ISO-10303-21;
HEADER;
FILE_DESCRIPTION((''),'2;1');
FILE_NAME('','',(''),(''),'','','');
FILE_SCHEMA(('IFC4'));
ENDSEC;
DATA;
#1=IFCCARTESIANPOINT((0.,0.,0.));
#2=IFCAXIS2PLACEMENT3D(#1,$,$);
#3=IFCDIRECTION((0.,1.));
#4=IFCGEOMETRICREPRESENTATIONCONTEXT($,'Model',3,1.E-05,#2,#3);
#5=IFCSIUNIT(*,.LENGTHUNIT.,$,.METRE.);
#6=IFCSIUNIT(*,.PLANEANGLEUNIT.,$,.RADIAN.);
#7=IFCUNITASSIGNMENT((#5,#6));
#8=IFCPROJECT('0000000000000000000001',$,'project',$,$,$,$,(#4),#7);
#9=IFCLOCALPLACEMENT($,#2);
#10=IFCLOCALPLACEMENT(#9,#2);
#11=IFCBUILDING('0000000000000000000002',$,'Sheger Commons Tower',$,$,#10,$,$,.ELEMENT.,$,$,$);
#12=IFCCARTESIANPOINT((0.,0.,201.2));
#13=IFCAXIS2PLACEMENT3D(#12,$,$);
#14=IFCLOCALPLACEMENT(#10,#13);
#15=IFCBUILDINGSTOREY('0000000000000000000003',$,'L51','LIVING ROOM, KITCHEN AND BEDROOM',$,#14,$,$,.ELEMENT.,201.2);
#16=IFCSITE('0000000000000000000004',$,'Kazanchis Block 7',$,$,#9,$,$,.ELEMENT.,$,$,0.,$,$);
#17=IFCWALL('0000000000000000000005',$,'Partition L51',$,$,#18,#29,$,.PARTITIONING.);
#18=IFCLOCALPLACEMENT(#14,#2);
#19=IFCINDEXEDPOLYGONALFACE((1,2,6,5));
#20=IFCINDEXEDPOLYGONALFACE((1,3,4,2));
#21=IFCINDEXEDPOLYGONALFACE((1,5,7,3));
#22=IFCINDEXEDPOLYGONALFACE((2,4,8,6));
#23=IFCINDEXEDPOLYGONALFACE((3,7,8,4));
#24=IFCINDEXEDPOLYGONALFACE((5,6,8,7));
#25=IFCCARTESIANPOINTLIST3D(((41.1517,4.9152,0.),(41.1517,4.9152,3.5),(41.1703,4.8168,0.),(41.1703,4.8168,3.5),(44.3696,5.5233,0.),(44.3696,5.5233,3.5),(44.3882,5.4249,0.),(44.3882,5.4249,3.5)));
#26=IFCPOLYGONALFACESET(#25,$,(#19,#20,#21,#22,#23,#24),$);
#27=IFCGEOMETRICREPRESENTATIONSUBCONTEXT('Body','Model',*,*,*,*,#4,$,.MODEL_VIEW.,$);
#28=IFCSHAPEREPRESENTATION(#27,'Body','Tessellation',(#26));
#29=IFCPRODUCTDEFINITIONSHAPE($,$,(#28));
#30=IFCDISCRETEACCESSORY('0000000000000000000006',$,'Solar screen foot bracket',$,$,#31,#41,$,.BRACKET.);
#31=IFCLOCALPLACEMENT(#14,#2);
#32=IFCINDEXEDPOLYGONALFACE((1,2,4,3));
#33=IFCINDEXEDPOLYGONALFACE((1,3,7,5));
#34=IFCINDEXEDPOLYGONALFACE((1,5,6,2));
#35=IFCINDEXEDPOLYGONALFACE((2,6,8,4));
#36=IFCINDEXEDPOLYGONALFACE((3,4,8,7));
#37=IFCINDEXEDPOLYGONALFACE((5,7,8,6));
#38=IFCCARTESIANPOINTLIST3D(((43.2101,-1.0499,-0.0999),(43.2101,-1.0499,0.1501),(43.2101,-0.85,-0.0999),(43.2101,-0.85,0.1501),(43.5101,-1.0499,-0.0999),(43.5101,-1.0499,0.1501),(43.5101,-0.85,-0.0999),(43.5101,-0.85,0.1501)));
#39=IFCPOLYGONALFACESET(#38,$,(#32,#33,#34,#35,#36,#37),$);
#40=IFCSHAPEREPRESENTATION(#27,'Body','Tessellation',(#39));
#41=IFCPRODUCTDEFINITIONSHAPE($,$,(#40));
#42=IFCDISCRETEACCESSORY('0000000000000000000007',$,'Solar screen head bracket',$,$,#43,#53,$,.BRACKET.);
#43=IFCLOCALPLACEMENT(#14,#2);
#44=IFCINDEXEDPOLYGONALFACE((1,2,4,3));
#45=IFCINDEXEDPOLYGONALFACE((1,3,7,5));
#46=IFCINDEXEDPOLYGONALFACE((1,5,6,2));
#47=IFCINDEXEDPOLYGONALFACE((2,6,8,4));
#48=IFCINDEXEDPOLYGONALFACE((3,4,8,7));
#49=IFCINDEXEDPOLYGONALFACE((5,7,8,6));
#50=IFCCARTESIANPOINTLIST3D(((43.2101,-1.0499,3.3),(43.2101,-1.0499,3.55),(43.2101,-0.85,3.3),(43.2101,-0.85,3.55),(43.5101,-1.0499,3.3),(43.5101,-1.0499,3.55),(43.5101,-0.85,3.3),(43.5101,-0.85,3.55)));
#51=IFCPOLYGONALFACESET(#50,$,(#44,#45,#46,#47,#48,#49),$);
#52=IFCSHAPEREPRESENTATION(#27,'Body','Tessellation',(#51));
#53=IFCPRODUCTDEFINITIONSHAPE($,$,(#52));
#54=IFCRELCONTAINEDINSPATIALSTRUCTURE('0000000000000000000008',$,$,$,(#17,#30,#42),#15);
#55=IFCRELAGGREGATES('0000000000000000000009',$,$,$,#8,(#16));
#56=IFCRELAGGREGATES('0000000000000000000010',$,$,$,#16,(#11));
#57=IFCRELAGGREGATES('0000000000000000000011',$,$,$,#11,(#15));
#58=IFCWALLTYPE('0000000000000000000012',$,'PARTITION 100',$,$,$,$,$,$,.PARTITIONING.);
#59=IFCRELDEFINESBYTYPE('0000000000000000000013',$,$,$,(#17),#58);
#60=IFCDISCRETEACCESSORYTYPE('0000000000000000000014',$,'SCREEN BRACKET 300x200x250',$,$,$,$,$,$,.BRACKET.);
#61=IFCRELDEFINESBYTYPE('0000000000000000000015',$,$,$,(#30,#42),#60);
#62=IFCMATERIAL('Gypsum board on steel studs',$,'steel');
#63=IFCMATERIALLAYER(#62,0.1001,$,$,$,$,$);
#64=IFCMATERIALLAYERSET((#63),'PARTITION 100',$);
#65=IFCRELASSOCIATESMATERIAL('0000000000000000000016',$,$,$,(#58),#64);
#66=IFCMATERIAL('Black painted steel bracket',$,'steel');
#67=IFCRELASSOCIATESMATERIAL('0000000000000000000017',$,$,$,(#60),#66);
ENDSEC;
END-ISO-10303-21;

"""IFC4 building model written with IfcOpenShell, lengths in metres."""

from ifc_helpers import new_model, si_unit, direction, frame, frame_2d, origin, origin_2d, place, context, subcontext, project, spatial, rectangle, extrude, material, layer, layer_set, type_object, element, save


model = new_model("IFC4")

# Units and contexts
model_context = context("Model", 3, precision=1e-05, world=origin(), true_north=direction((0.0, 1.0)))
body_context = subcontext(model_context, "Body", "Model", "MODEL_VIEW")
ifc_project = project(units=[si_unit("LENGTHUNIT", "METRE"), si_unit("PLANEANGLEUNIT", "RADIAN")], contexts=[model_context])

# Site, building, storey
site_placement = place(None, origin())
site = spatial("IfcSite", under=ifc_project, at=site_placement, Name="Kazanchis Block 7", CompositionType="ELEMENT", RefElevation=0.0)
building_placement = place(site_placement, origin())
building = spatial("IfcBuilding", under=site, at=building_placement, Name="Sheger Commons Tower", CompositionType="ELEMENT")
storey_placement = place(building_placement, frame((0.0, 0.0, 201.2)))
storey = spatial("IfcBuildingStorey", under=building, at=storey_placement, Name="L51", Description="LIVING ROOM, KITCHEN AND BEDROOM", CompositionType="ELEMENT", Elevation=201.2)

# Shared definitions
ifc_material_1 = material(Name="Gypsum board on steel studs", Category="steel")
ifc_layer_1 = layer(ifc_material_1, 0.1001)
ifc_layer_set_1 = layer_set([ifc_layer_1], Name="PARTITION 100")
wall_type_1 = type_object("IfcWallType", Name="PARTITION 100", PredefinedType="PARTITIONING", material=ifc_layer_set_1)

# Wall
wall_1_placement = place(storey_placement, frame((44.3789, 5.4741, 0.0), z_axis=(0.0, 0.0, 1.0), x_axis=(-0.982607, -0.185697, 0.0)))
element("IfcWall", 1, at=wall_1_placement, inside=storey, type_object=wall_type_1, Name="Partition L51", PredefinedType="PARTITIONING", context=body_context, shape_type="SweptSolid", body=[
    extrude(rectangle(XDim=3.2749, YDim=0.1001, at=frame_2d((1.6375, 0.0))), origin(), (0.0, 0.0, 1.0), 3.5),
])

# Discrete accessories
ifc_material_2 = material(Name="Black painted steel bracket", Category="steel")
discrete_accessory_type = type_object("IfcDiscreteAccessoryType", Name="SCREEN BRACKET 300x200x250", PredefinedType="BRACKET", material=ifc_material_2)
for number, where, z_axis, x_axis, name in (
    (2, (43.3601, -0.95, -0.0999), (0.0, 0.0, 1.0), (1.0, 0.0, 0.0), "Solar screen foot bracket"),
    (3, (43.3601, -0.95, 3.3), (0.0, 0.0, 1.0), (1.0, 0.0, 0.0), "Solar screen head bracket"),
):
    element("IfcDiscreteAccessory", number, at=place(storey_placement, frame(where, z_axis=z_axis, x_axis=x_axis)), inside=storey, type_object=discrete_accessory_type, Name=name, PredefinedType="BRACKET", context=body_context, shape_type="SweptSolid", body=[
        extrude(rectangle(XDim=0.3, YDim=0.2, at=origin_2d()), origin(), (0.0, 0.0, 1.0), 0.25),
    ])

save(model, "model.ifc")
